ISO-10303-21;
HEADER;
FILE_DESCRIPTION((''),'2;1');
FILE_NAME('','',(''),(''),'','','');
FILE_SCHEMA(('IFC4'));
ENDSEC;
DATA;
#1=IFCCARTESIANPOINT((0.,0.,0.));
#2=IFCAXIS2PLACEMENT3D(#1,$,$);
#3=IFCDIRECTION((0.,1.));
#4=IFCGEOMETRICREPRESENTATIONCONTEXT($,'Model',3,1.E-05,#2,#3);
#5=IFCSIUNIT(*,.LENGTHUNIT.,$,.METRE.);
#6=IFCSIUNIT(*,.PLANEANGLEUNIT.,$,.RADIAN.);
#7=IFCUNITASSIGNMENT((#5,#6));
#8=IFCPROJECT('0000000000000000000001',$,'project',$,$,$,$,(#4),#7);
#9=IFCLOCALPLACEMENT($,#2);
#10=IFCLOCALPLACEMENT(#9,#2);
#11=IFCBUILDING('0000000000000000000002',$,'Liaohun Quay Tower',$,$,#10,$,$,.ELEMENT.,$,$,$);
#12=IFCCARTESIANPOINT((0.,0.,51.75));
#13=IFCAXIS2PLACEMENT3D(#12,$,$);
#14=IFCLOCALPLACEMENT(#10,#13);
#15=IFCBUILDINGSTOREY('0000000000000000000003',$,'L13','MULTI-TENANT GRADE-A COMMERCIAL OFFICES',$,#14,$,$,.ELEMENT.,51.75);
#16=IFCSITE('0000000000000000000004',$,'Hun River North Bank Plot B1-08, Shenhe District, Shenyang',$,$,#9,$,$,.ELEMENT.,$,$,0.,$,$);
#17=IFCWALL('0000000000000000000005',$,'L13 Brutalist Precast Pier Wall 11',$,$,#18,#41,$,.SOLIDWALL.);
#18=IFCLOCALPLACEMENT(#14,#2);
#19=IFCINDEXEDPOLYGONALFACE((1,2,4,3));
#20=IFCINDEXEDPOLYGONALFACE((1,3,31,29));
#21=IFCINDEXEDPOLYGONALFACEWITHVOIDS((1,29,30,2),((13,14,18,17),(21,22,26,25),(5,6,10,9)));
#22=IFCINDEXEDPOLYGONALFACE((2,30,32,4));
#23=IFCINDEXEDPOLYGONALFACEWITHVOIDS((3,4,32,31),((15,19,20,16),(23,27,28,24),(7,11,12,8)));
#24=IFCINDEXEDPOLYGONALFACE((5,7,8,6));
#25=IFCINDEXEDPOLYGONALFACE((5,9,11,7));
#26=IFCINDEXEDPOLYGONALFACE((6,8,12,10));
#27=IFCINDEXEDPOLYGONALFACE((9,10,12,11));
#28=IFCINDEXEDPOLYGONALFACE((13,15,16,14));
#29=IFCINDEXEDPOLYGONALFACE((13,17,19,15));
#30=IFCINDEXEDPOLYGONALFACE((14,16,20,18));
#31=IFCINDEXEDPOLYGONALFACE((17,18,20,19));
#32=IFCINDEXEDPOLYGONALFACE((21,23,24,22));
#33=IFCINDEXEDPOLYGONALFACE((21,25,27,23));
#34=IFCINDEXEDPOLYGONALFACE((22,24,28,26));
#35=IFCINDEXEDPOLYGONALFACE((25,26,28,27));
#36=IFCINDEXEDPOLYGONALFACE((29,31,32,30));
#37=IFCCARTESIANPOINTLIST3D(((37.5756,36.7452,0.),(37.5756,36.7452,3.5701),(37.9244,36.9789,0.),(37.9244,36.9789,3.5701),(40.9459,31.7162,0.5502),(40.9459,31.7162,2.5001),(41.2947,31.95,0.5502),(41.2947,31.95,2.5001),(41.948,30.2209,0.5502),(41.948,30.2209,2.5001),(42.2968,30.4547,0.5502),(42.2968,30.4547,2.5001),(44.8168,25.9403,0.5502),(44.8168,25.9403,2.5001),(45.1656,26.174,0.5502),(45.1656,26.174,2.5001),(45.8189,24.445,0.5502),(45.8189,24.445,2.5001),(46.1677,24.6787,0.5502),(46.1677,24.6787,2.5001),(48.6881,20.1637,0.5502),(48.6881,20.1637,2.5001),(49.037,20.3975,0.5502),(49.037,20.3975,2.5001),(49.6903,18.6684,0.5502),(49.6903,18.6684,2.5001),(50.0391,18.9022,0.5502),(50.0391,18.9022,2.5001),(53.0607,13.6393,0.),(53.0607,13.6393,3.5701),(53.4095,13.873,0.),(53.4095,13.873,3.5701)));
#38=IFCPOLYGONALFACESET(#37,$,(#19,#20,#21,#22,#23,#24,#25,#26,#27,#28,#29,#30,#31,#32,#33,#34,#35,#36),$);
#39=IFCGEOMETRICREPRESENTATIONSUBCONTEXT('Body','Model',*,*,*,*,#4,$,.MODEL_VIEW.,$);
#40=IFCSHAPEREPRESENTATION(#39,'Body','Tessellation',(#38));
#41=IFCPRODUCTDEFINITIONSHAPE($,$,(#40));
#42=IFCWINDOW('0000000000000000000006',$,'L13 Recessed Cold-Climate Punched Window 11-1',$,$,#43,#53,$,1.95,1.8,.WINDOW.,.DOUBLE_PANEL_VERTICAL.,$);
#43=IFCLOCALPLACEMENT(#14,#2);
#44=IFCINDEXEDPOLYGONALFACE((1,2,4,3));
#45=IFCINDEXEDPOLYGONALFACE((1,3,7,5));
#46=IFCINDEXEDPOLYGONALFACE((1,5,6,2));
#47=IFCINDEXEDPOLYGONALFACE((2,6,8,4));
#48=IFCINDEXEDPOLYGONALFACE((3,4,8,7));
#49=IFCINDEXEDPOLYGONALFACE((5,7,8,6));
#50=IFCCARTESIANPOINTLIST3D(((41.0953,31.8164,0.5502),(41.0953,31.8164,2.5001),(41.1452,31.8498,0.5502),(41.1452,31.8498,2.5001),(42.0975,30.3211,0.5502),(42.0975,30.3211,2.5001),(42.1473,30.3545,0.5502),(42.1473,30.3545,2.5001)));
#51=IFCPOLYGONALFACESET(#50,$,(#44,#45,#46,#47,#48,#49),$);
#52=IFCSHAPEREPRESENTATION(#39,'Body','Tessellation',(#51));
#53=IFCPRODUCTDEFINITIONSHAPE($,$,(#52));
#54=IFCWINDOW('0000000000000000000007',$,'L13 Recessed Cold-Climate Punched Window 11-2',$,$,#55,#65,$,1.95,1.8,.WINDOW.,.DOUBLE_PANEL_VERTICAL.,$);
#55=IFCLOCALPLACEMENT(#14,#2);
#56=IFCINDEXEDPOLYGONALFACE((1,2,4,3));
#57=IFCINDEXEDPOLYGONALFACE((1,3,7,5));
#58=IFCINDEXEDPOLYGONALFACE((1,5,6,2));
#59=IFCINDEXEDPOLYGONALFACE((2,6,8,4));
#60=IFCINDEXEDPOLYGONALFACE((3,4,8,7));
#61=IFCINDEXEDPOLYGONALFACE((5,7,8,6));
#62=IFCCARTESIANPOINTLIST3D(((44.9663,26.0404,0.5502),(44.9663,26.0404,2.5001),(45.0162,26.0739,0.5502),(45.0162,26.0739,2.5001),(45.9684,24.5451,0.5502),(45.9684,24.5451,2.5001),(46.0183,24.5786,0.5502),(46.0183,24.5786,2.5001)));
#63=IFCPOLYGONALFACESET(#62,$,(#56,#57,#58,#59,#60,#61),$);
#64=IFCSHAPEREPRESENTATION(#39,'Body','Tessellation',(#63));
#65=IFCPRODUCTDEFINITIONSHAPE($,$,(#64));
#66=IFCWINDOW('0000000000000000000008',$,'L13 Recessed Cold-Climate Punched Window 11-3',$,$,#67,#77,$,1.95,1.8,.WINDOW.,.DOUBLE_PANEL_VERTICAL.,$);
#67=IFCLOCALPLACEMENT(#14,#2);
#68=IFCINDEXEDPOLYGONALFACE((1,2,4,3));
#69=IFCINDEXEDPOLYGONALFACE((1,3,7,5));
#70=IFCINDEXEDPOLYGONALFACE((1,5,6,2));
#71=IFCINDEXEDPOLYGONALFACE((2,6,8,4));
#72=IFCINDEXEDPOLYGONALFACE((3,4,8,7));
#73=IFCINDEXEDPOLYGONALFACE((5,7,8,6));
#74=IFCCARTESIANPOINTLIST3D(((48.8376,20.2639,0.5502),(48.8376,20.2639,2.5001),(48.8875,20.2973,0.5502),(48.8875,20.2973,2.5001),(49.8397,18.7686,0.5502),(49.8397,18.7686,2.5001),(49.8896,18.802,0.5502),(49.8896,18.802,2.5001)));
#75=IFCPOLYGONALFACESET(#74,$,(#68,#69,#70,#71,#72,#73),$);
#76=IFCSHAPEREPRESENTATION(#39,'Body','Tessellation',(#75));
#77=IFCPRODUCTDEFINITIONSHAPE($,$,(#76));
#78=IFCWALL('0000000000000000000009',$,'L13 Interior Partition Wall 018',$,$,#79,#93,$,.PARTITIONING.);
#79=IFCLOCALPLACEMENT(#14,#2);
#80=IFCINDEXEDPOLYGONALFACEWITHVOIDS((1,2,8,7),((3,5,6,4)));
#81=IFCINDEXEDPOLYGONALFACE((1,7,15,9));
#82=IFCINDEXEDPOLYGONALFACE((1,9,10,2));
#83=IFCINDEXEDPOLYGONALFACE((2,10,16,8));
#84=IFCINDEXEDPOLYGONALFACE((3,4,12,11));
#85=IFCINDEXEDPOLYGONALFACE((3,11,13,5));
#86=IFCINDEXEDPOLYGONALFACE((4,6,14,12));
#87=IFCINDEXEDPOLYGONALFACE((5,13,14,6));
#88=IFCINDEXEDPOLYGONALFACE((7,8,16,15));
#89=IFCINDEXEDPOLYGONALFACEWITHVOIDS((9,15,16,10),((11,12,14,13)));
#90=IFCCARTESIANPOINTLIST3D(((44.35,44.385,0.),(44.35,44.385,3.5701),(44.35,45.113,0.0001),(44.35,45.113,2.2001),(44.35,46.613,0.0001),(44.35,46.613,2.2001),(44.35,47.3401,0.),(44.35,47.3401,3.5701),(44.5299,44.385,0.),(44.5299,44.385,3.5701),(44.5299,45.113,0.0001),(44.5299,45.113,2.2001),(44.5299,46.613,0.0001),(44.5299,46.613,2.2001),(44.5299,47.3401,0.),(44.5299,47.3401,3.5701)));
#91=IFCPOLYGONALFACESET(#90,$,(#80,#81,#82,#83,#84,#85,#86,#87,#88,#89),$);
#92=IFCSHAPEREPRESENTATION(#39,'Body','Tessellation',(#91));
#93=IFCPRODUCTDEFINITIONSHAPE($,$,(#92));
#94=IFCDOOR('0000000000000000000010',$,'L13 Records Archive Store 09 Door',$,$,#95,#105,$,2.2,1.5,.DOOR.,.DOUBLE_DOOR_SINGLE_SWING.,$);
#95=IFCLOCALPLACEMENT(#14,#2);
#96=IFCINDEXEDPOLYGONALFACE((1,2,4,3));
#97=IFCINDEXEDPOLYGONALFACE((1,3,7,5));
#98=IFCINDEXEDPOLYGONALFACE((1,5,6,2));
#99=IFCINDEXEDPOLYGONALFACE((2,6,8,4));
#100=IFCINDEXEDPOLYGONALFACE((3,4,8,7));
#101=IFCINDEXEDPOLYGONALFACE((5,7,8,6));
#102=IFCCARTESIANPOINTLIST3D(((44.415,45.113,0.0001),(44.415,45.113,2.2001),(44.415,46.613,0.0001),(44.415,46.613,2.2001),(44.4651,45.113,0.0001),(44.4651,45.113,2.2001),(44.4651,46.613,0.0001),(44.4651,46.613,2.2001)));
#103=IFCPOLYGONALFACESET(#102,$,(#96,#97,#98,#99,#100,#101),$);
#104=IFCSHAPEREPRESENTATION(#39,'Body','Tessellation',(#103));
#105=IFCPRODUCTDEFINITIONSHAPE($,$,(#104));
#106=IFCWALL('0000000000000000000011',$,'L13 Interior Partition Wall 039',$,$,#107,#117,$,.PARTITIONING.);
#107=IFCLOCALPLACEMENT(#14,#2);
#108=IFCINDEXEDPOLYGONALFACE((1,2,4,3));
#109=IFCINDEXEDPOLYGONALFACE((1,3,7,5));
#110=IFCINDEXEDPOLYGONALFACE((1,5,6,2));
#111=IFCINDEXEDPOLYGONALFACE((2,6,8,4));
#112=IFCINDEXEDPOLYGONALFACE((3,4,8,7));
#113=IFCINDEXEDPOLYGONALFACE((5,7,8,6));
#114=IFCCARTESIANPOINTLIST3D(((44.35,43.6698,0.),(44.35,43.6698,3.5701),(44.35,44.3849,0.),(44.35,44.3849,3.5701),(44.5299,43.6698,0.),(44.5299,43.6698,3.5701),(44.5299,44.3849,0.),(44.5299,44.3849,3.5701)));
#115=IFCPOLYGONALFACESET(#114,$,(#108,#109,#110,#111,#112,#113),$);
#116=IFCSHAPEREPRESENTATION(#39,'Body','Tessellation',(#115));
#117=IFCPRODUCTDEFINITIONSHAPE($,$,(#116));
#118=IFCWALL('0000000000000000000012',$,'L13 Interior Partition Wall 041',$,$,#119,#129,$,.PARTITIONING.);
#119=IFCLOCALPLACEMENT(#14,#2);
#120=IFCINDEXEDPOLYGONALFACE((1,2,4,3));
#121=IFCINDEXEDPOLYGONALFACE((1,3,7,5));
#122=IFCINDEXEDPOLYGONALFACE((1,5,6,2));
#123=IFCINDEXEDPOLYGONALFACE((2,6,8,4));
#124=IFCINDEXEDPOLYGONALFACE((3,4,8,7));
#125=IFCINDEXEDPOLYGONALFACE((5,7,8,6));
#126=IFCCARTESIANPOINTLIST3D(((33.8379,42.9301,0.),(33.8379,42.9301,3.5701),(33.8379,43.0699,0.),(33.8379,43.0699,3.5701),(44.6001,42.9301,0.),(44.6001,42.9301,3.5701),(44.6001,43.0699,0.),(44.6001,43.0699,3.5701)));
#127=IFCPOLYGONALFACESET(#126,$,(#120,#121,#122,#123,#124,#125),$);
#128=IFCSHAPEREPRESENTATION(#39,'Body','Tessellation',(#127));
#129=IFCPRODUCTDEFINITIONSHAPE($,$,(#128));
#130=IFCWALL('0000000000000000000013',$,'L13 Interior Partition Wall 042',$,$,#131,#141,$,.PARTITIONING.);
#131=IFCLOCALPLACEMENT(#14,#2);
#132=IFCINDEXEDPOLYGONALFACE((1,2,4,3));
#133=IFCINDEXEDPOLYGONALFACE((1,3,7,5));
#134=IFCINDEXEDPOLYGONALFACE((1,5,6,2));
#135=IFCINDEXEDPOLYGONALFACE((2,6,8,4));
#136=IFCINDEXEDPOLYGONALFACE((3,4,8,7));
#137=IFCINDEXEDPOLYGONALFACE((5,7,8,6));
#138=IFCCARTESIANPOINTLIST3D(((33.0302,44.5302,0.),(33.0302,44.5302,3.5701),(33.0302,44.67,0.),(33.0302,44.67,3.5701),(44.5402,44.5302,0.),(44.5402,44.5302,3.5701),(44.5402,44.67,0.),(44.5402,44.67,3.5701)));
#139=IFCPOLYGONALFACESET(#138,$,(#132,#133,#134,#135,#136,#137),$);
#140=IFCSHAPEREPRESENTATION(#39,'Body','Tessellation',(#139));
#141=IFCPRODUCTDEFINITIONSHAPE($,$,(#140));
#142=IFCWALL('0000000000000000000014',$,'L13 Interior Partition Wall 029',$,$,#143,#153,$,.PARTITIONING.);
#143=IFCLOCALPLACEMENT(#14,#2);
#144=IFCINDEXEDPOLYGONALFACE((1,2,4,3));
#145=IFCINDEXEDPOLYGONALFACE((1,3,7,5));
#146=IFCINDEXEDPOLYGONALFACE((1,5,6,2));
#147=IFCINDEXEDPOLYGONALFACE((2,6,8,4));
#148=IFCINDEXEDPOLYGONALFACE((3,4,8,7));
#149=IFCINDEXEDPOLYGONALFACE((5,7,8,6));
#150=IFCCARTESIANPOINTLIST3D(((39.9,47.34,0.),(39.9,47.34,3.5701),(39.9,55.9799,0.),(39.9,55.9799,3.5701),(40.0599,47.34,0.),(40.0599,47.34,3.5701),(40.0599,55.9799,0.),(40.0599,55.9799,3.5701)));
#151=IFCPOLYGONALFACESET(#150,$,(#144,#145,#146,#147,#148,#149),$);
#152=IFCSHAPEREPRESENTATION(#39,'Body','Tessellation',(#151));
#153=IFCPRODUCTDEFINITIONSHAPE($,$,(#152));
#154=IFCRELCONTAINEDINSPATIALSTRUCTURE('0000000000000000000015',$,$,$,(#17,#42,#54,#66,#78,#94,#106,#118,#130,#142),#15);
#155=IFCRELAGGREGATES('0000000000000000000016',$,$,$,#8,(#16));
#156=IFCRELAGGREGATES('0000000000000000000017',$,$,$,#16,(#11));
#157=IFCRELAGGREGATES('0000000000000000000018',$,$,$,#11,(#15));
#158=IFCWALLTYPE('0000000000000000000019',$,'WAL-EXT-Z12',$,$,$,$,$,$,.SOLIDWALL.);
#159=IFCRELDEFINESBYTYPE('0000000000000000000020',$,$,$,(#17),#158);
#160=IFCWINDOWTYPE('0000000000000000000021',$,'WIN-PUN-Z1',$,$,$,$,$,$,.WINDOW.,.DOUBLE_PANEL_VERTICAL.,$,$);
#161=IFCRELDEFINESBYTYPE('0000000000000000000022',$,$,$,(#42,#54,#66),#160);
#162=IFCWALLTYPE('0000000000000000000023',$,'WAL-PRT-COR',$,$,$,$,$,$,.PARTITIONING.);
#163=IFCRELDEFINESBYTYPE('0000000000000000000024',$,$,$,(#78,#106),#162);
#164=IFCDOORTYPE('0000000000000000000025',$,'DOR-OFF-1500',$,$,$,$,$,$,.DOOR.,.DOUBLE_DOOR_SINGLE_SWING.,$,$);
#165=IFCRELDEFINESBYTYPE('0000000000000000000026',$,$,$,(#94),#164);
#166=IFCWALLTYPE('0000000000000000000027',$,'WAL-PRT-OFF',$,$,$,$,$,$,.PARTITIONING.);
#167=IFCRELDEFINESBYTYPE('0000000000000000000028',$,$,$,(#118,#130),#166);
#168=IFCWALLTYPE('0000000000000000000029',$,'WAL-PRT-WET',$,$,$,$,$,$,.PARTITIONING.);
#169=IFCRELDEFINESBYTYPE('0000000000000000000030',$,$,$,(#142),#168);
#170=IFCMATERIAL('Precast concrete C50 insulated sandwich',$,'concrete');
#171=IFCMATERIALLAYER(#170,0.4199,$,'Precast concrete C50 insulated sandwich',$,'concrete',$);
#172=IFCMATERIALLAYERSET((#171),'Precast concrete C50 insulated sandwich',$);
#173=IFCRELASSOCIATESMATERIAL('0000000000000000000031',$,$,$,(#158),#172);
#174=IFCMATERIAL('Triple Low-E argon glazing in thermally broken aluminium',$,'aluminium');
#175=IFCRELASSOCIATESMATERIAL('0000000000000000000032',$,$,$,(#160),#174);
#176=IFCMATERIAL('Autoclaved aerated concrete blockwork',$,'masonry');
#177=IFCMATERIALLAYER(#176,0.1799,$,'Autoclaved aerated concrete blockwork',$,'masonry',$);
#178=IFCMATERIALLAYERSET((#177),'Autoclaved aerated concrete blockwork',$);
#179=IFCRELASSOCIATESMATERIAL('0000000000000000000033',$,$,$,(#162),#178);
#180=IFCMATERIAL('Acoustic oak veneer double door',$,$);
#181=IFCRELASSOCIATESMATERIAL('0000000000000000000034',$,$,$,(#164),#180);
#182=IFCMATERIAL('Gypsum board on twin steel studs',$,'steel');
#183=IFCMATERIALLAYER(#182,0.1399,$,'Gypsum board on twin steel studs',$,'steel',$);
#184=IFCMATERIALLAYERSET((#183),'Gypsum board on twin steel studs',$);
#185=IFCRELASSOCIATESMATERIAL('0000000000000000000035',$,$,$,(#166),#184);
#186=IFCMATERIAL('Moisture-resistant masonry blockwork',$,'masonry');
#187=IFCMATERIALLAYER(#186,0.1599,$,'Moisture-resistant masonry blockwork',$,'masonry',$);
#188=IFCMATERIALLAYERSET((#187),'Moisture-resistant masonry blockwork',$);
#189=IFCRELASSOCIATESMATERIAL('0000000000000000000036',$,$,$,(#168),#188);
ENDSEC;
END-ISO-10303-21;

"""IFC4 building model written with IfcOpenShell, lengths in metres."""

from ifc_helpers import new_model, si_unit, direction, frame, frame_2d, origin, place, context, subcontext, project, spatial, rectangle, extrude, source, transform, mapped, material, layer, layer_set, type_object, element, fill, save


model = new_model("IFC4")

# Units and contexts
model_context = context("Model", 3, precision=1e-05, world=origin(), true_north=direction((0.0, 1.0)))
body_context = subcontext(model_context, "Body", "Model", "MODEL_VIEW")
ifc_project = project(units=[si_unit("LENGTHUNIT", "METRE"), si_unit("PLANEANGLEUNIT", "RADIAN")], contexts=[model_context])

# Site, building, storey
site_placement = place(None, origin())
site = spatial("IfcSite", under=ifc_project, at=site_placement, Name="Hun River North Bank Plot B1-08, Shenhe District, Shenyang", CompositionType="ELEMENT", RefElevation=0.0)
building_placement = place(site_placement, origin())
building = spatial("IfcBuilding", under=site, at=building_placement, Name="Liaohun Quay Tower", CompositionType="ELEMENT")
storey_placement = place(building_placement, frame((0.0, 0.0, 51.75)))
storey = spatial("IfcBuildingStorey", under=building, at=storey_placement, Name="L13", Description="MULTI-TENANT GRADE-A COMMERCIAL OFFICES", CompositionType="ELEMENT", Elevation=51.75)

# Wall, openings, windows
ifc_material_1 = material(Name="Precast concrete C50 insulated sandwich", Category="concrete")
ifc_layer_1 = layer(ifc_material_1, 0.4199, Name="Precast concrete C50 insulated sandwich", Category="concrete")
ifc_layer_set_1 = layer_set([ifc_layer_1], Name="Precast concrete C50 insulated sandwich")
wall_type_1 = type_object("IfcWallType", Name="WAL-EXT-Z12", PredefinedType="SOLIDWALL", material=ifc_layer_set_1)
wall_1_placement = place(storey_placement, frame((37.75, 36.8621, 0.0), z_axis=(0.0, 0.0, 1.0), x_axis=(0.556718, -0.830702, 0.0)))
wall_1 = element("IfcWall", 1, at=wall_1_placement, inside=storey, type_object=wall_type_1, Name="L13 Brutalist Precast Pier Wall 11", PredefinedType="SOLIDWALL", context=body_context, shape_type="SweptSolid", body=[
    extrude(rectangle(XDim=27.8149, YDim=0.4199, at=frame_2d((13.9075, 0.0))), origin(), (0.0, 0.0, 1.0), 3.5701),
])
shared_shape_1 = source(origin(), body_context, "Body", "SweptSolid", [
    extrude(rectangle(XDim=1.8, YDim=1.95, at=frame_2d((0.8999, 0.9751))), frame((0.0, 0.22, 0.0), z_axis=(0.0, -1.0, 0.0), x_axis=(1.0, 0.0, 0.0)), (0.0, 0.0, 1.0), 0.4399),
])
opening_1_placement = place(wall_1_placement, frame((6.054, 0.0, 0.55)))
opening_1 = element("IfcOpeningElement", 2, at=opening_1_placement, cuts=wall_1, PredefinedType="OPENING", context=body_context, shape_type="MappedRepresentation", body=[
    mapped(shared_shape_1, transform((0.0, 0.0, 0.0), x_axis=(1.0, 0.0, 0.0), y_axis=(0.0, 1.0, 0.0), z_axis=(0.0, 0.0, 1.0), scale=1.0)),
])
opening_2_placement = place(wall_1_placement, frame((13.0071, 0.0, 0.55)))
opening_2 = element("IfcOpeningElement", 3, at=opening_2_placement, cuts=wall_1, PredefinedType="OPENING", context=body_context, shape_type="MappedRepresentation", body=[
    mapped(shared_shape_1, transform((0.0, 0.0, 0.0), x_axis=(1.0, 0.0, 0.0), y_axis=(0.0, 1.0, 0.0), z_axis=(0.0, 0.0, 1.0), scale=1.0)),
])
opening_3_placement = place(wall_1_placement, frame((19.9609, 0.0, 0.55)))
opening_3 = element("IfcOpeningElement", 4, at=opening_3_placement, cuts=wall_1, PredefinedType="OPENING", context=body_context, shape_type="MappedRepresentation", body=[
    mapped(shared_shape_1, transform((0.0, 0.0, 0.0), x_axis=(1.0, 0.0, 0.0), y_axis=(0.0, 1.0, 0.0), z_axis=(0.0, 0.0, 1.0), scale=1.0)),
])
ifc_material_2 = material(Name="Triple Low-E argon glazing in thermally broken aluminium", Category="aluminium")
window_type = type_object("IfcWindowType", Name="WIN-PUN-Z1", PartitioningType="DOUBLE_PANEL_VERTICAL", PredefinedType="WINDOW", material=ifc_material_2)
shared_shape_2 = source(origin(), body_context, "Body", "SweptSolid", [
    extrude(rectangle(XDim=1.8, YDim=1.95, at=frame_2d((0.8999, 0.9751))), frame((0.0, 0.03, 0.0), z_axis=(0.0, -1.0, 0.0), x_axis=(1.0, 0.0, 0.0)), (0.0, 0.0, 1.0), 0.0601),
])
window_1_placement = place(opening_1_placement, origin())
window_1 = element("IfcWindow", 5, at=window_1_placement, inside=storey, type_object=window_type, Name="L13 Recessed Cold-Climate Punched Window 11-1", OverallHeight=1.95, OverallWidth=1.8, PartitioningType="DOUBLE_PANEL_VERTICAL", PredefinedType="WINDOW", context=body_context, shape_type="MappedRepresentation", body=[
    mapped(shared_shape_2, transform((0.0, 0.0, 0.0), x_axis=(1.0, 0.0, 0.0), y_axis=(0.0, 1.0, 0.0), z_axis=(0.0, 0.0, 1.0), scale=1.0)),
])
fill(opening_1, window_1)
window_2_placement = place(opening_2_placement, origin())
window_2 = element("IfcWindow", 6, at=window_2_placement, inside=storey, type_object=window_type, Name="L13 Recessed Cold-Climate Punched Window 11-2", OverallHeight=1.95, OverallWidth=1.8, PartitioningType="DOUBLE_PANEL_VERTICAL", PredefinedType="WINDOW", context=body_context, shape_type="MappedRepresentation", body=[
    mapped(shared_shape_2, transform((0.0, 0.0, 0.0), x_axis=(1.0, 0.0, 0.0), y_axis=(0.0, 1.0, 0.0), z_axis=(0.0, 0.0, 1.0), scale=1.0)),
])
fill(opening_2, window_2)
window_3_placement = place(opening_3_placement, origin())
window_3 = element("IfcWindow", 7, at=window_3_placement, inside=storey, type_object=window_type, Name="L13 Recessed Cold-Climate Punched Window 11-3", OverallHeight=1.95, OverallWidth=1.8, PartitioningType="DOUBLE_PANEL_VERTICAL", PredefinedType="WINDOW", context=body_context, shape_type="MappedRepresentation", body=[
    mapped(shared_shape_2, transform((0.0, 0.0, 0.0), x_axis=(1.0, 0.0, 0.0), y_axis=(0.0, 1.0, 0.0), z_axis=(0.0, 0.0, 1.0), scale=1.0)),
])
fill(opening_3, window_3)

# Wall, opening, door
ifc_material_3 = material(Name="Autoclaved aerated concrete blockwork", Category="masonry")
ifc_layer_2 = layer(ifc_material_3, 0.1799, Name="Autoclaved aerated concrete blockwork", Category="masonry")
ifc_layer_set_2 = layer_set([ifc_layer_2], Name="Autoclaved aerated concrete blockwork")
wall_type_2 = type_object("IfcWallType", Name="WAL-PRT-COR", PredefinedType="PARTITIONING", material=ifc_layer_set_2)
wall_2_placement = place(storey_placement, frame((44.4399, 44.385, 0.0), z_axis=(0.0, 0.0, 1.0), x_axis=(0.0, 1.0, 0.0)))
wall_2 = element("IfcWall", 8, at=wall_2_placement, inside=storey, type_object=wall_type_2, Name="L13 Interior Partition Wall 018", PredefinedType="PARTITIONING", context=body_context, shape_type="SweptSolid", body=[
    extrude(rectangle(XDim=2.9551, YDim=0.1799, at=frame_2d((1.4775, 0.0))), origin(), (0.0, 0.0, 1.0), 3.5701),
])
shared_shape_3 = source(origin(), body_context, "Body", "SweptSolid", [
    extrude(rectangle(XDim=1.5, YDim=2.2, at=frame_2d((0.75, 1.1001))), frame((0.0, 0.0999, 0.0), z_axis=(0.0, -1.0, 0.0), x_axis=(1.0, 0.0, 0.0)), (0.0, 0.0, 1.0), 0.2),
])
opening_4_placement = place(wall_2_placement, frame((0.728, 0.0, 0.0)))
opening_4 = element("IfcOpeningElement", 9, at=opening_4_placement, cuts=wall_2, PredefinedType="OPENING", context=body_context, shape_type="MappedRepresentation", body=[
    mapped(shared_shape_3, transform((0.0, 0.0, 0.0), x_axis=(1.0, 0.0, 0.0), y_axis=(0.0, 1.0, 0.0), z_axis=(0.0, 0.0, 1.0), scale=1.0)),
])
ifc_material_4 = material(Name="Acoustic oak veneer double door")
door_type_1 = type_object("IfcDoorType", Name="DOR-OFF-1500", OperationType="DOUBLE_DOOR_SINGLE_SWING", PredefinedType="DOOR", material=ifc_material_4)
shared_shape_4 = source(origin(), body_context, "Body", "SweptSolid", [
    extrude(rectangle(XDim=1.5, YDim=2.2, at=frame_2d((0.75, 1.1001))), frame((0.0, 0.0249, 0.0), z_axis=(0.0, -1.0, 0.0), x_axis=(1.0, 0.0, 0.0)), (0.0, 0.0, 1.0), 0.05),
])
door_1_placement = place(opening_4_placement, origin())
door_1 = element("IfcDoor", 10, at=door_1_placement, inside=storey, type_object=door_type_1, Name="L13 Records Archive Store 09 Door", OperationType="DOUBLE_DOOR_SINGLE_SWING", OverallHeight=2.2, OverallWidth=1.5, PredefinedType="DOOR", context=body_context, shape_type="MappedRepresentation", body=[
    mapped(shared_shape_4, transform((0.0, 0.0, 0.0), x_axis=(1.0, 0.0, 0.0), y_axis=(0.0, 1.0, 0.0), z_axis=(0.0, 0.0, 1.0), scale=1.0)),
])
fill(opening_4, door_1)

# Walls
wall_3_placement = place(storey_placement, frame((44.4399, 43.6699, 0.0), z_axis=(0.0, 0.0, 1.0), x_axis=(0.0, 1.0, 0.0)))
element("IfcWall", 11, at=wall_3_placement, inside=storey, type_object=wall_type_2, Name="L13 Interior Partition Wall 039", PredefinedType="PARTITIONING", context=body_context, shape_type="SweptSolid", body=[
    extrude(rectangle(XDim=0.7151, YDim=0.1799, at=frame_2d((0.3574, 0.0))), origin(), (0.0, 0.0, 1.0), 3.5701),
])
ifc_material_5 = material(Name="Gypsum board on twin steel studs", Category="steel")
ifc_layer_3 = layer(ifc_material_5, 0.1399, Name="Gypsum board on twin steel studs", Category="steel")
ifc_layer_set_3 = layer_set([ifc_layer_3], Name="Gypsum board on twin steel studs")
wall_type_3 = type_object("IfcWallType", Name="WAL-PRT-OFF", PredefinedType="PARTITIONING", material=ifc_layer_set_3)
wall_4_placement = place(storey_placement, frame((44.6001, 43.0, 0.0), z_axis=(0.0, 0.0, 1.0), x_axis=(-1.0, 0.0, 0.0)))
element("IfcWall", 12, at=wall_4_placement, inside=storey, type_object=wall_type_3, Name="L13 Interior Partition Wall 041", PredefinedType="PARTITIONING", context=body_context, shape_type="SweptSolid", body=[
    extrude(rectangle(XDim=10.7622, YDim=0.1399, at=frame_2d((5.3811, 0.0))), origin(), (0.0, 0.0, 1.0), 3.5701),
])
wall_5_placement = place(storey_placement, frame((44.54, 44.6001, 0.0), z_axis=(0.0, 0.0, 1.0), x_axis=(-1.0, 0.0, 0.0)))
element("IfcWall", 13, at=wall_5_placement, inside=storey, type_object=wall_type_3, Name="L13 Interior Partition Wall 042", PredefinedType="PARTITIONING", context=body_context, shape_type="SweptSolid", body=[
    extrude(rectangle(XDim=11.51, YDim=0.1399, at=frame_2d((5.7549, 0.0))), origin(), (0.0, 0.0, 1.0), 3.5701),
])

# Shared definitions
ifc_material_6 = material(Name="Moisture-resistant masonry blockwork", Category="masonry")
ifc_layer_4 = layer(ifc_material_6, 0.1599, Name="Moisture-resistant masonry blockwork", Category="masonry")
ifc_layer_set_4 = layer_set([ifc_layer_4], Name="Moisture-resistant masonry blockwork")
wall_type_4 = type_object("IfcWallType", Name="WAL-PRT-WET", PredefinedType="PARTITIONING", material=ifc_layer_set_4)

# Wall
wall_6_placement = place(storey_placement, frame((39.98, 47.3401, 0.0), z_axis=(0.0, 0.0, 1.0), x_axis=(0.0, 1.0, 0.0)))
element("IfcWall", 14, at=wall_6_placement, inside=storey, type_object=wall_type_4, Name="L13 Interior Partition Wall 029", PredefinedType="PARTITIONING", context=body_context, shape_type="SweptSolid", body=[
    extrude(rectangle(XDim=8.6399, YDim=0.1599, at=frame_2d((4.3198, 0.0))), origin(), (0.0, 0.0, 1.0), 3.5701),
])

save(model, "model.ifc")
